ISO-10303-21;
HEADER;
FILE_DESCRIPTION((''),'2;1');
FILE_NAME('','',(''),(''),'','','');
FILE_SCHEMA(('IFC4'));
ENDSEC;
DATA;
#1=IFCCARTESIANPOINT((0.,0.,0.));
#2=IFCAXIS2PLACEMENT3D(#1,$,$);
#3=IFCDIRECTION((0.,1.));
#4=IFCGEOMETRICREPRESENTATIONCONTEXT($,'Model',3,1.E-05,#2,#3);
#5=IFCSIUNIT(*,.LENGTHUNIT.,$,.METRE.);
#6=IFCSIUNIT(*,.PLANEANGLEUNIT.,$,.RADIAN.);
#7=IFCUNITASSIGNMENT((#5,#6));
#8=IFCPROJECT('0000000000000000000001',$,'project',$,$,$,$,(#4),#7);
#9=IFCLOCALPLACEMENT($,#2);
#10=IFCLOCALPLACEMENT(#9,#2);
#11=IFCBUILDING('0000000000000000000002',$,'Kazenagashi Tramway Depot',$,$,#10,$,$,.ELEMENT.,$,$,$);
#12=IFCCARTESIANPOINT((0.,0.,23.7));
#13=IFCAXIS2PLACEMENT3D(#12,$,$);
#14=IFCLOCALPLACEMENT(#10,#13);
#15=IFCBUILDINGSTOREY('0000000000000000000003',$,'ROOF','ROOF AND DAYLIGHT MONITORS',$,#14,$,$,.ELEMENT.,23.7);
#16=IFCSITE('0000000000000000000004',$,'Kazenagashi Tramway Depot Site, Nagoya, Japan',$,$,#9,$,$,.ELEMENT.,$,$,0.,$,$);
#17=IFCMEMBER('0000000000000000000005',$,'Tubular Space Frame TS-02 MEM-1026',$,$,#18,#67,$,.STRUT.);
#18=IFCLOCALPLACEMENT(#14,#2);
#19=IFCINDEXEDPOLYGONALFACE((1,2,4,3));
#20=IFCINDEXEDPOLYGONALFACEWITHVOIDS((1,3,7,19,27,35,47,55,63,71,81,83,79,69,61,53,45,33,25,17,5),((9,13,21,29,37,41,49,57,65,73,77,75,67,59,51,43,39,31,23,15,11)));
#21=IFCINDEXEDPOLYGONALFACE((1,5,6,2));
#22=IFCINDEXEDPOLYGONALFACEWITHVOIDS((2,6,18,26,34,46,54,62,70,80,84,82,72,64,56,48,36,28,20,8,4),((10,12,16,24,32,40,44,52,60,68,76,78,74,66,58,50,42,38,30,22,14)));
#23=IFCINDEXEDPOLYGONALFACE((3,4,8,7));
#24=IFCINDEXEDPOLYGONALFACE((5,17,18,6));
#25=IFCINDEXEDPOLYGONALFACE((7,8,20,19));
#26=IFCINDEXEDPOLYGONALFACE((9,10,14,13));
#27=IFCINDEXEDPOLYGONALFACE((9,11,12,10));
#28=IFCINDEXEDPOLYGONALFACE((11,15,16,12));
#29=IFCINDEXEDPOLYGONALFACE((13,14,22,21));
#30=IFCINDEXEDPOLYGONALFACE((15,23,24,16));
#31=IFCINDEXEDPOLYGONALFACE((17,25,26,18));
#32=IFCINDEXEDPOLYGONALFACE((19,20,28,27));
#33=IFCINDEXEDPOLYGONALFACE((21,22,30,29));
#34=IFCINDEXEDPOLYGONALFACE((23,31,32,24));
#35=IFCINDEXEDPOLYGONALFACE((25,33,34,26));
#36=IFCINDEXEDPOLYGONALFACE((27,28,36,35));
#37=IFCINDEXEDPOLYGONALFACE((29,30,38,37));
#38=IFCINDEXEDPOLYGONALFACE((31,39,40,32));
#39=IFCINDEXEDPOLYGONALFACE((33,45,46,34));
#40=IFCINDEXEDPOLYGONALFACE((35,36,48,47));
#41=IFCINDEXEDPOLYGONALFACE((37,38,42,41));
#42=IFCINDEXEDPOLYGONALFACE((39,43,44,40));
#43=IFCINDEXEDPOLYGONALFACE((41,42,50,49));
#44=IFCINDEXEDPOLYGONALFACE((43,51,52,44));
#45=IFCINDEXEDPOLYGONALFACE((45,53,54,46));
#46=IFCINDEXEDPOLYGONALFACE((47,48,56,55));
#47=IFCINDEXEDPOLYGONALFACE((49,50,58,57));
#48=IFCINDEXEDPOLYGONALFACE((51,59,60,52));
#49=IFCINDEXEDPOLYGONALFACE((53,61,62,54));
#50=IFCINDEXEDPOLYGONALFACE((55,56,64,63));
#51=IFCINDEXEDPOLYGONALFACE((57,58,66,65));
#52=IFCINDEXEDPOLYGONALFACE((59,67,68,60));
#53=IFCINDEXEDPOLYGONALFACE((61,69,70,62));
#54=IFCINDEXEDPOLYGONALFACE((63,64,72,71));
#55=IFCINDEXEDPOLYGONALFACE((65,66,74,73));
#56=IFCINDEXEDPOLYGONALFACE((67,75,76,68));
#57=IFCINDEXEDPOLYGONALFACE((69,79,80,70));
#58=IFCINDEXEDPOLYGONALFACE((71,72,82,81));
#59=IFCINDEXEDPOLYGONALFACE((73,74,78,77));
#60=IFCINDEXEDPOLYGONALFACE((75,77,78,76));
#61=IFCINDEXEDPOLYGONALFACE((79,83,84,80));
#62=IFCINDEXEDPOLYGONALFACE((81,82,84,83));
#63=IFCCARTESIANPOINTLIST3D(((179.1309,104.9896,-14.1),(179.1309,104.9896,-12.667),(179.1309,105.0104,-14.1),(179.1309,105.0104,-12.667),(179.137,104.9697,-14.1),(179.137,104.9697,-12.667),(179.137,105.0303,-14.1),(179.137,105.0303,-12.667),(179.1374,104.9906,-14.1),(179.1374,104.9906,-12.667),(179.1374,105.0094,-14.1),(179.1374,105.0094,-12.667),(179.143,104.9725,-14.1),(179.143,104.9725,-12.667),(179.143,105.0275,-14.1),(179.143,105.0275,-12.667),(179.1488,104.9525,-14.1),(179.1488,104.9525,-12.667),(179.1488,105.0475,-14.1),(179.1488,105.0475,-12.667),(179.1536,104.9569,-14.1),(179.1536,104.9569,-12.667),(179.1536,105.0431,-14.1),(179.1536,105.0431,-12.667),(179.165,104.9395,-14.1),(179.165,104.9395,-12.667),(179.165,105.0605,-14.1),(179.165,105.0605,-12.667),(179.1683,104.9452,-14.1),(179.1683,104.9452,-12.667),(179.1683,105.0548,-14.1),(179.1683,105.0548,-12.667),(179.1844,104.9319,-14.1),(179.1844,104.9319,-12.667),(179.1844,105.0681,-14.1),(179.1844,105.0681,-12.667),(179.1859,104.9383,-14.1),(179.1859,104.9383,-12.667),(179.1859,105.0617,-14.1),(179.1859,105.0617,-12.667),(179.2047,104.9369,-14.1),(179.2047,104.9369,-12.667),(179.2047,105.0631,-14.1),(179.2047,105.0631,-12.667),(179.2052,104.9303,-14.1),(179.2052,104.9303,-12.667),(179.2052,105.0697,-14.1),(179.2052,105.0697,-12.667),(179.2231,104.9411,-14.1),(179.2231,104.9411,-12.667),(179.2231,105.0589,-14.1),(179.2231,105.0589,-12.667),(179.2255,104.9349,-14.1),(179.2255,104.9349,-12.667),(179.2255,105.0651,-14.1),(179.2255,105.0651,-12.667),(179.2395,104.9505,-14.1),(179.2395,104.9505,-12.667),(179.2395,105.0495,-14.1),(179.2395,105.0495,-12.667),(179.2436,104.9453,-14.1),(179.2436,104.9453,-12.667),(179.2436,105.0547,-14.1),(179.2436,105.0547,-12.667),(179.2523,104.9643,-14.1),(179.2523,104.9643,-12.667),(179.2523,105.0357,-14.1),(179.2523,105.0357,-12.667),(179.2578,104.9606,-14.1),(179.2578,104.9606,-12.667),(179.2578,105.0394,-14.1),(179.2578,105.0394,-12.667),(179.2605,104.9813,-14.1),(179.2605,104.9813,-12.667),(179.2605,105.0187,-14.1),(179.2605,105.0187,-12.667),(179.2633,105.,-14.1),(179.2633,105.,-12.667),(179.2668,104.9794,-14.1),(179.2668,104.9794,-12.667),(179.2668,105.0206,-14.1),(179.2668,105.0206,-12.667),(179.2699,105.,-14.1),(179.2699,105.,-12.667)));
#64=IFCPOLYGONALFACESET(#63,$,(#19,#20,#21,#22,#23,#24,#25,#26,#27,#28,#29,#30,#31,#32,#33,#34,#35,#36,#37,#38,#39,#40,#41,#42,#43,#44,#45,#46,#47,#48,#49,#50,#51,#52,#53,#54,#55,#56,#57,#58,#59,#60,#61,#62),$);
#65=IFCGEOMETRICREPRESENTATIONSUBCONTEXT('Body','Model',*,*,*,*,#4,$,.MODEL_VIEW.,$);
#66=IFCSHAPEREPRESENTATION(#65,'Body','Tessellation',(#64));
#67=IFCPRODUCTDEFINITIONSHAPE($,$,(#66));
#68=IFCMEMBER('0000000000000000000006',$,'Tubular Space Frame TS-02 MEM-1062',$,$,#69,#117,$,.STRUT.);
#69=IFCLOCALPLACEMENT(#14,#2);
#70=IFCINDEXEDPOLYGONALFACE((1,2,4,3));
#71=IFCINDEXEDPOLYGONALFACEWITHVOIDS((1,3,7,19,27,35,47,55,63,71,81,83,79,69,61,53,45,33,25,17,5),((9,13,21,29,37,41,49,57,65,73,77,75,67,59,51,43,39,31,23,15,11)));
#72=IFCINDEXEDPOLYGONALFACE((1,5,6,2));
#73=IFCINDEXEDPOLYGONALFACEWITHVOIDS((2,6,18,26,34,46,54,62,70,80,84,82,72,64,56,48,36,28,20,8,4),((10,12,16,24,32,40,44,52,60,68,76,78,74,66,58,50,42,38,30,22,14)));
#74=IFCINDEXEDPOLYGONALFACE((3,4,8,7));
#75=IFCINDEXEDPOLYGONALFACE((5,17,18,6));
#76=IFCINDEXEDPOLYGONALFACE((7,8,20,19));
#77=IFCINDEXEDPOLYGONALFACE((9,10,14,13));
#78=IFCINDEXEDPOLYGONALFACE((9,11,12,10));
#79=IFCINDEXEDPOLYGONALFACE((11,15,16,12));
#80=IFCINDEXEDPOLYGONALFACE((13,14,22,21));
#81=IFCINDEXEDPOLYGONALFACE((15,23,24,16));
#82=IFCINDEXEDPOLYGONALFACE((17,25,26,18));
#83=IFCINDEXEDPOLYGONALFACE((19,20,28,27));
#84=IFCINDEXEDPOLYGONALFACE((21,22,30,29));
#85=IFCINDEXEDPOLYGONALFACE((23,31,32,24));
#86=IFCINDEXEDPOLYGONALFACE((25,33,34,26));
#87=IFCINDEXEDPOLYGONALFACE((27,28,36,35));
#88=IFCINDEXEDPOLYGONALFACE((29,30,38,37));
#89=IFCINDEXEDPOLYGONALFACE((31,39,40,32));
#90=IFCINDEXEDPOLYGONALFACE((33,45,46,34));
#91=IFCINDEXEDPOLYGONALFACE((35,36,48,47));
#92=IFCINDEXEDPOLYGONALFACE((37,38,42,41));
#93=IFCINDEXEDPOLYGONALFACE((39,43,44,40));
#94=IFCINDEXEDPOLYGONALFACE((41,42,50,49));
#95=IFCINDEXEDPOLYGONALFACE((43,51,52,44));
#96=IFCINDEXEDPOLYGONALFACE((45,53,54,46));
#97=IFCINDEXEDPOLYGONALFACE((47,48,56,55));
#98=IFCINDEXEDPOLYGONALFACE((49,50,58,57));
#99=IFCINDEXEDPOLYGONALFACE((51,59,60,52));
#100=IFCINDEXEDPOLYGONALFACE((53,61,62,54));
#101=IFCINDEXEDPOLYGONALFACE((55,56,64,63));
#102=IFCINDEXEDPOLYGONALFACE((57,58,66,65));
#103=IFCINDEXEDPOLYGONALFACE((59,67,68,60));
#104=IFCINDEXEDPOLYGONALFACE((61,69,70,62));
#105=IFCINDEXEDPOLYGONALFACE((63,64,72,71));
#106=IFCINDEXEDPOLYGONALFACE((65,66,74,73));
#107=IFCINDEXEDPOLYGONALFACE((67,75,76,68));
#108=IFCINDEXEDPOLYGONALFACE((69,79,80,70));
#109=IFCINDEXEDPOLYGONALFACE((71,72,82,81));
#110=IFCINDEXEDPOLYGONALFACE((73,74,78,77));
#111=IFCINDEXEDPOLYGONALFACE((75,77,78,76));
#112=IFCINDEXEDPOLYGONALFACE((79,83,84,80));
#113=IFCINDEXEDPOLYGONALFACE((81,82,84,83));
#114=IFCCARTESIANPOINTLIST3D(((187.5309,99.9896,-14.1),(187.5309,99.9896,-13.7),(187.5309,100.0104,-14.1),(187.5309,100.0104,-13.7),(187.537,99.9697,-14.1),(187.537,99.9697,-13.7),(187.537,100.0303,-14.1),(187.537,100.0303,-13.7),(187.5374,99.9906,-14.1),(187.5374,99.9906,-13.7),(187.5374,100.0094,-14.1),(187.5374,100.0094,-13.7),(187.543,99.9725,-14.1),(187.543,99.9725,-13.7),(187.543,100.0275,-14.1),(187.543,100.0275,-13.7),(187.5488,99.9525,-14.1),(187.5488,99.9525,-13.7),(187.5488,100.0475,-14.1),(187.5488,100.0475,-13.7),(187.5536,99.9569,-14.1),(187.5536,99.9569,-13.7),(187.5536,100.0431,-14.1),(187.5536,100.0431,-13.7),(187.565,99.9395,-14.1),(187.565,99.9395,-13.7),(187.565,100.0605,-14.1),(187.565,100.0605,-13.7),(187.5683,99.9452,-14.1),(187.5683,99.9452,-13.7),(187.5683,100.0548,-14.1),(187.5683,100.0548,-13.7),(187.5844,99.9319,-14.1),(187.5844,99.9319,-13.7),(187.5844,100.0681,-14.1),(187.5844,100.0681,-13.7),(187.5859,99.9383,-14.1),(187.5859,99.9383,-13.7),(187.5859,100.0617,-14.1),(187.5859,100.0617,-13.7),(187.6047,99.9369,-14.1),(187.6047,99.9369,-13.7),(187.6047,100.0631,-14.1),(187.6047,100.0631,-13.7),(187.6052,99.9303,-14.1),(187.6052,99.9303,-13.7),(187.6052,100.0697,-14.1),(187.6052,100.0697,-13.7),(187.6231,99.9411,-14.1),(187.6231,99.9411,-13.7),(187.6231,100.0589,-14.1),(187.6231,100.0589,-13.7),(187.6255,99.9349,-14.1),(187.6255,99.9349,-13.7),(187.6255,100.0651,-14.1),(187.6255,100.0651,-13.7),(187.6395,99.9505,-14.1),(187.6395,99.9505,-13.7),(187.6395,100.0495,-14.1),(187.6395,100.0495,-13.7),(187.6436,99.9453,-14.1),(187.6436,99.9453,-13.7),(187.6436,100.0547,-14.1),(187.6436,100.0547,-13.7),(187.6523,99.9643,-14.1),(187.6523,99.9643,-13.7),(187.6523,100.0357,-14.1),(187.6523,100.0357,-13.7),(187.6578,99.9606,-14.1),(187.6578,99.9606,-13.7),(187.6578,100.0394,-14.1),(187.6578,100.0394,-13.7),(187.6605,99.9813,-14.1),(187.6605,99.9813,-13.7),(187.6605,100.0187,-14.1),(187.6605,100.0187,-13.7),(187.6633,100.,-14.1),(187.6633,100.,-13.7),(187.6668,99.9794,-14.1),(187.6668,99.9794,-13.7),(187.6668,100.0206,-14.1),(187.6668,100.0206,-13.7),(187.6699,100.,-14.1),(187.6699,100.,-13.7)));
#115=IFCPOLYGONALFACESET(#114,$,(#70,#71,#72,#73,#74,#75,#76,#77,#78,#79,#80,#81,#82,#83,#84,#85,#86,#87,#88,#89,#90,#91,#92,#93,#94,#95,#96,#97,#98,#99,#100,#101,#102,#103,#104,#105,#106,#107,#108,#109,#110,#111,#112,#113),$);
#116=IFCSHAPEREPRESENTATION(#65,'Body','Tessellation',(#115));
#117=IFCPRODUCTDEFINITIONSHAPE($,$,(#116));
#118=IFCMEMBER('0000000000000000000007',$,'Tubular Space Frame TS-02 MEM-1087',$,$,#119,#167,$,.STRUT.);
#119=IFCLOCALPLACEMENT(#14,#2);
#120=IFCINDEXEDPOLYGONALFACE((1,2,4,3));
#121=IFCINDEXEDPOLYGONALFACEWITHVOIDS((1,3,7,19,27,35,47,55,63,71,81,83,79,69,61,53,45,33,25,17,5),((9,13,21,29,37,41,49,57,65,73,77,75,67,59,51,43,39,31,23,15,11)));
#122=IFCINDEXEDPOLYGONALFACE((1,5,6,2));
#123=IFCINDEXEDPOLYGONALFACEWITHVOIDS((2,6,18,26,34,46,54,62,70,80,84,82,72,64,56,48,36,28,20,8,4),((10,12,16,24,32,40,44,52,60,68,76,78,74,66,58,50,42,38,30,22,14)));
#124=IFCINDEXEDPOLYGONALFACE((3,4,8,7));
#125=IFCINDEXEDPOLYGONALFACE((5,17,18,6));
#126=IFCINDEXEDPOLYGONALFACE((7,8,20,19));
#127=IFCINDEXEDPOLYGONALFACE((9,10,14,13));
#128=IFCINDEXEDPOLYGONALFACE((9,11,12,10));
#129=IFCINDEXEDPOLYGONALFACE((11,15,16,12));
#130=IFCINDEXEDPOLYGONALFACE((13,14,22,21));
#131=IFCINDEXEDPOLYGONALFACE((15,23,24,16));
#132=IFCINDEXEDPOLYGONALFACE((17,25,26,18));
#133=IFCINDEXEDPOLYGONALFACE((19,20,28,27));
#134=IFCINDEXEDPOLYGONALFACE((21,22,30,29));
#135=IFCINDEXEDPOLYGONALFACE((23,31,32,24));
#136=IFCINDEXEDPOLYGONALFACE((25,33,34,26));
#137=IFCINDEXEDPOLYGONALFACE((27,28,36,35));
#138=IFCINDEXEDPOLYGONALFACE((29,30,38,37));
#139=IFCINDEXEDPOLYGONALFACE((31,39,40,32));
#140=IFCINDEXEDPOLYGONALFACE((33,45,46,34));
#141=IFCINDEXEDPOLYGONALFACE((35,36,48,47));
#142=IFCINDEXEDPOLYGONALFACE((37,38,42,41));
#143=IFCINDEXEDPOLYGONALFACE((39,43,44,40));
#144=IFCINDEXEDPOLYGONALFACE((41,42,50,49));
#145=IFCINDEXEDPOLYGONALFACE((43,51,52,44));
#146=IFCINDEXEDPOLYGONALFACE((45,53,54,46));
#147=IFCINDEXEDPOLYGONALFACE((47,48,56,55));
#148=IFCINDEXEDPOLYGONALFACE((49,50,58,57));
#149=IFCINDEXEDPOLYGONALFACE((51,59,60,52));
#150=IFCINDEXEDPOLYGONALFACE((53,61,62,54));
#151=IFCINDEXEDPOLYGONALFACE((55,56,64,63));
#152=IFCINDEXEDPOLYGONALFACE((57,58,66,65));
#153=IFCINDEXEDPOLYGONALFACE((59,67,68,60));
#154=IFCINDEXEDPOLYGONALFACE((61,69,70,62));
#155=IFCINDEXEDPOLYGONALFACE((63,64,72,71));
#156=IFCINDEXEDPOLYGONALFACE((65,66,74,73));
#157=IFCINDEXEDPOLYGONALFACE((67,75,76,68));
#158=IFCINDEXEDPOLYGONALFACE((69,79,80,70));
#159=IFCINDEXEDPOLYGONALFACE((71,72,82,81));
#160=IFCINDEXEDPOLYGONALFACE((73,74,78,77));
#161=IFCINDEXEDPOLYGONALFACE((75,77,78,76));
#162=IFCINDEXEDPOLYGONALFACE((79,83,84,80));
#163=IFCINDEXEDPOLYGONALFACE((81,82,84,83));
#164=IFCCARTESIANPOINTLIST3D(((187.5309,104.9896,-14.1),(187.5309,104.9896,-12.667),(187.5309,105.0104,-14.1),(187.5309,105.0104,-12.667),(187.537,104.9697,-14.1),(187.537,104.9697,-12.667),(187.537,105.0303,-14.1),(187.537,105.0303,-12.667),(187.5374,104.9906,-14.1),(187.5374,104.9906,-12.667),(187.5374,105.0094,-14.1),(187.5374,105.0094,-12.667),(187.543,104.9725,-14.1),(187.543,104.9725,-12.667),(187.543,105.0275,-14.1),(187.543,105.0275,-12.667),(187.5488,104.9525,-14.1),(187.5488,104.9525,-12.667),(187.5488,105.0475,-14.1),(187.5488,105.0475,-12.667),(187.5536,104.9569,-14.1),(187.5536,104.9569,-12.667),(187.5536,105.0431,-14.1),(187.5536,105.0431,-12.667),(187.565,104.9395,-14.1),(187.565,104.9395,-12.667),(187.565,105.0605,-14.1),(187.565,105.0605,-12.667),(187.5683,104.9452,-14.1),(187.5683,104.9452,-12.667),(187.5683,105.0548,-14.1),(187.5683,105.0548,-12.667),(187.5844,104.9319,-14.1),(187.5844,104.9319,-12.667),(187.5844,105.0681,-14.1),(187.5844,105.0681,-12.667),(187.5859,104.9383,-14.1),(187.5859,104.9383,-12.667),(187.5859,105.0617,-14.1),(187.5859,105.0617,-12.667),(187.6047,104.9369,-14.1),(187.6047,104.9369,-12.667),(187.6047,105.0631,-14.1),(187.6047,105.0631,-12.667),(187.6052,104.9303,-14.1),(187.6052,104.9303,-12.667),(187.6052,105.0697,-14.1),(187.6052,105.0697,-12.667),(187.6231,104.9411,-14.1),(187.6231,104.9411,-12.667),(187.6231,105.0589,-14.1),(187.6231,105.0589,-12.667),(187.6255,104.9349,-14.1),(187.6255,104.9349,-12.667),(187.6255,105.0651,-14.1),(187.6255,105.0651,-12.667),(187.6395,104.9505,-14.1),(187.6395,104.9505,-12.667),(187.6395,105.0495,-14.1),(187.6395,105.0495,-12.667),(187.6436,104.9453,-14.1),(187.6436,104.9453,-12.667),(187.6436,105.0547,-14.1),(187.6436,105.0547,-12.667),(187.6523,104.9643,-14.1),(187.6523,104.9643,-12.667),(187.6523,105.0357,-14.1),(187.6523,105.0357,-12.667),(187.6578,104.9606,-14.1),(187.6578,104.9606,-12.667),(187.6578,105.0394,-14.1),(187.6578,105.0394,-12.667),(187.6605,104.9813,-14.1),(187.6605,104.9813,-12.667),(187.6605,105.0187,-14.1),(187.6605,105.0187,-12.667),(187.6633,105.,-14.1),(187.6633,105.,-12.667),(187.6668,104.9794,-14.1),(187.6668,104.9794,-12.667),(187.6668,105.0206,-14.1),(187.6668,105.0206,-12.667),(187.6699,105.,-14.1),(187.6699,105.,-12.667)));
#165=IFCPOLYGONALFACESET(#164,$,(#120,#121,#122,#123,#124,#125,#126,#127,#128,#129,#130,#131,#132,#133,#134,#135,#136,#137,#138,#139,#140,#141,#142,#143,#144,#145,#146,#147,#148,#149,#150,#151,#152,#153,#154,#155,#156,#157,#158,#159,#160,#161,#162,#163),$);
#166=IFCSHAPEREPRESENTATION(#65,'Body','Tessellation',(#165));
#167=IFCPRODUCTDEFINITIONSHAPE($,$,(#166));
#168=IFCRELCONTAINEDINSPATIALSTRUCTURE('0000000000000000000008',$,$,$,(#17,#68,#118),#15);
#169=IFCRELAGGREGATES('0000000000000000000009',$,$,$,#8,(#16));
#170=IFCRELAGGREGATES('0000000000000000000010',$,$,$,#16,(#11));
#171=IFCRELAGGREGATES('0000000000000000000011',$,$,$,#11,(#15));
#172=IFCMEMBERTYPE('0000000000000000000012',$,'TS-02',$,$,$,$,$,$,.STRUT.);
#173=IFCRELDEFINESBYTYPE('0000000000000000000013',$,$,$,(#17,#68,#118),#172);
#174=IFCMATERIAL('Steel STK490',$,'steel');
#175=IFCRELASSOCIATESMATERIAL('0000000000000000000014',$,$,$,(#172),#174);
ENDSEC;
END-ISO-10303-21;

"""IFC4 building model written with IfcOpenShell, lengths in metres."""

from ifc_helpers import new_model, si_unit, direction, frame, origin, origin_2d, place, context, subcontext, project, spatial, hollow_circle, extrude, material, material_profile, profile_set, type_object, element, save


model = new_model("IFC4")

# Units and contexts
model_context = context("Model", 3, precision=1e-05, world=origin(), true_north=direction((0.0, 1.0)))
body_context = subcontext(model_context, "Body", "Model", "MODEL_VIEW")
ifc_project = project(units=[si_unit("LENGTHUNIT", "METRE"), si_unit("PLANEANGLEUNIT", "RADIAN")], contexts=[model_context])

# Site, building, storey
site_placement = place(None, origin())
site = spatial("IfcSite", under=ifc_project, at=site_placement, Name="Kazenagashi Tramway Depot Site, Nagoya, Japan", CompositionType="ELEMENT", RefElevation=0.0)
building_placement = place(site_placement, origin())
building = spatial("IfcBuilding", under=site, at=building_placement, Name="Kazenagashi Tramway Depot", CompositionType="ELEMENT")
storey_placement = place(building_placement, frame((0.0, 0.0, 23.7)))
storey = spatial("IfcBuildingStorey", under=building, at=storey_placement, Name="ROOF", Description="ROOF AND DAYLIGHT MONITORS", CompositionType="ELEMENT", Elevation=23.7)

# Members
ifc_material_1 = material(Name="Steel STK490", Category="steel")
ifc_material_profile_1 = material_profile(ifc_material_1, hollow_circle(Radius=0.0699, WallThickness=0.0066, at=origin_2d()), Name="CHS-139.8x6.6")
ifc_profile_set_1 = profile_set([ifc_material_profile_1], Name="Steel STK490")
member_type_1 = type_object("IfcMemberType", Name="TS-02", PredefinedType="STRUT", material=ifc_profile_set_1)
member_1_placement = place(storey_placement, frame((179.2, 105.0, -14.1), z_axis=(0.0, 0.0, 1.0), x_axis=(1.0, 0.0, 0.0)))
element("IfcMember", 1, at=member_1_placement, inside=storey, type_object=member_type_1, Name="Tubular Space Frame TS-02 MEM-1026", PredefinedType="STRUT", context=body_context, shape_type="SweptSolid", body=[
    extrude(hollow_circle(Radius=0.0699, WallThickness=0.0066, at=origin_2d()), origin(), (0.0, 0.0, 1.0), 1.433),
])
member_2_placement = place(storey_placement, frame((187.6, 100.0, -14.1), z_axis=(0.0, 0.0, 1.0), x_axis=(1.0, 0.0, 0.0)))
element("IfcMember", 2, at=member_2_placement, inside=storey, type_object=member_type_1, Name="Tubular Space Frame TS-02 MEM-1062", PredefinedType="STRUT", context=body_context, shape_type="SweptSolid", body=[
    extrude(hollow_circle(Radius=0.0699, WallThickness=0.0066, at=origin_2d()), origin(), (0.0, 0.0, 1.0), 0.4),
])
for number, where, z_axis, x_axis, name in (
    (3, (187.6, 105.0, -14.1), (0.0, 0.0, 1.0), (1.0, 0.0, 0.0), "Tubular Space Frame TS-02 MEM-1087"),
):
    element("IfcMember", number, at=place(storey_placement, frame(where, z_axis=z_axis, x_axis=x_axis)), inside=storey, type_object=member_type_1, Name=name, PredefinedType="STRUT", context=body_context, shape_type="SweptSolid", body=[
        extrude(hollow_circle(Radius=0.0699, WallThickness=0.0066, at=origin_2d()), origin(), (0.0, 0.0, 1.0), 1.433),
    ])

save(model, "model.ifc")
